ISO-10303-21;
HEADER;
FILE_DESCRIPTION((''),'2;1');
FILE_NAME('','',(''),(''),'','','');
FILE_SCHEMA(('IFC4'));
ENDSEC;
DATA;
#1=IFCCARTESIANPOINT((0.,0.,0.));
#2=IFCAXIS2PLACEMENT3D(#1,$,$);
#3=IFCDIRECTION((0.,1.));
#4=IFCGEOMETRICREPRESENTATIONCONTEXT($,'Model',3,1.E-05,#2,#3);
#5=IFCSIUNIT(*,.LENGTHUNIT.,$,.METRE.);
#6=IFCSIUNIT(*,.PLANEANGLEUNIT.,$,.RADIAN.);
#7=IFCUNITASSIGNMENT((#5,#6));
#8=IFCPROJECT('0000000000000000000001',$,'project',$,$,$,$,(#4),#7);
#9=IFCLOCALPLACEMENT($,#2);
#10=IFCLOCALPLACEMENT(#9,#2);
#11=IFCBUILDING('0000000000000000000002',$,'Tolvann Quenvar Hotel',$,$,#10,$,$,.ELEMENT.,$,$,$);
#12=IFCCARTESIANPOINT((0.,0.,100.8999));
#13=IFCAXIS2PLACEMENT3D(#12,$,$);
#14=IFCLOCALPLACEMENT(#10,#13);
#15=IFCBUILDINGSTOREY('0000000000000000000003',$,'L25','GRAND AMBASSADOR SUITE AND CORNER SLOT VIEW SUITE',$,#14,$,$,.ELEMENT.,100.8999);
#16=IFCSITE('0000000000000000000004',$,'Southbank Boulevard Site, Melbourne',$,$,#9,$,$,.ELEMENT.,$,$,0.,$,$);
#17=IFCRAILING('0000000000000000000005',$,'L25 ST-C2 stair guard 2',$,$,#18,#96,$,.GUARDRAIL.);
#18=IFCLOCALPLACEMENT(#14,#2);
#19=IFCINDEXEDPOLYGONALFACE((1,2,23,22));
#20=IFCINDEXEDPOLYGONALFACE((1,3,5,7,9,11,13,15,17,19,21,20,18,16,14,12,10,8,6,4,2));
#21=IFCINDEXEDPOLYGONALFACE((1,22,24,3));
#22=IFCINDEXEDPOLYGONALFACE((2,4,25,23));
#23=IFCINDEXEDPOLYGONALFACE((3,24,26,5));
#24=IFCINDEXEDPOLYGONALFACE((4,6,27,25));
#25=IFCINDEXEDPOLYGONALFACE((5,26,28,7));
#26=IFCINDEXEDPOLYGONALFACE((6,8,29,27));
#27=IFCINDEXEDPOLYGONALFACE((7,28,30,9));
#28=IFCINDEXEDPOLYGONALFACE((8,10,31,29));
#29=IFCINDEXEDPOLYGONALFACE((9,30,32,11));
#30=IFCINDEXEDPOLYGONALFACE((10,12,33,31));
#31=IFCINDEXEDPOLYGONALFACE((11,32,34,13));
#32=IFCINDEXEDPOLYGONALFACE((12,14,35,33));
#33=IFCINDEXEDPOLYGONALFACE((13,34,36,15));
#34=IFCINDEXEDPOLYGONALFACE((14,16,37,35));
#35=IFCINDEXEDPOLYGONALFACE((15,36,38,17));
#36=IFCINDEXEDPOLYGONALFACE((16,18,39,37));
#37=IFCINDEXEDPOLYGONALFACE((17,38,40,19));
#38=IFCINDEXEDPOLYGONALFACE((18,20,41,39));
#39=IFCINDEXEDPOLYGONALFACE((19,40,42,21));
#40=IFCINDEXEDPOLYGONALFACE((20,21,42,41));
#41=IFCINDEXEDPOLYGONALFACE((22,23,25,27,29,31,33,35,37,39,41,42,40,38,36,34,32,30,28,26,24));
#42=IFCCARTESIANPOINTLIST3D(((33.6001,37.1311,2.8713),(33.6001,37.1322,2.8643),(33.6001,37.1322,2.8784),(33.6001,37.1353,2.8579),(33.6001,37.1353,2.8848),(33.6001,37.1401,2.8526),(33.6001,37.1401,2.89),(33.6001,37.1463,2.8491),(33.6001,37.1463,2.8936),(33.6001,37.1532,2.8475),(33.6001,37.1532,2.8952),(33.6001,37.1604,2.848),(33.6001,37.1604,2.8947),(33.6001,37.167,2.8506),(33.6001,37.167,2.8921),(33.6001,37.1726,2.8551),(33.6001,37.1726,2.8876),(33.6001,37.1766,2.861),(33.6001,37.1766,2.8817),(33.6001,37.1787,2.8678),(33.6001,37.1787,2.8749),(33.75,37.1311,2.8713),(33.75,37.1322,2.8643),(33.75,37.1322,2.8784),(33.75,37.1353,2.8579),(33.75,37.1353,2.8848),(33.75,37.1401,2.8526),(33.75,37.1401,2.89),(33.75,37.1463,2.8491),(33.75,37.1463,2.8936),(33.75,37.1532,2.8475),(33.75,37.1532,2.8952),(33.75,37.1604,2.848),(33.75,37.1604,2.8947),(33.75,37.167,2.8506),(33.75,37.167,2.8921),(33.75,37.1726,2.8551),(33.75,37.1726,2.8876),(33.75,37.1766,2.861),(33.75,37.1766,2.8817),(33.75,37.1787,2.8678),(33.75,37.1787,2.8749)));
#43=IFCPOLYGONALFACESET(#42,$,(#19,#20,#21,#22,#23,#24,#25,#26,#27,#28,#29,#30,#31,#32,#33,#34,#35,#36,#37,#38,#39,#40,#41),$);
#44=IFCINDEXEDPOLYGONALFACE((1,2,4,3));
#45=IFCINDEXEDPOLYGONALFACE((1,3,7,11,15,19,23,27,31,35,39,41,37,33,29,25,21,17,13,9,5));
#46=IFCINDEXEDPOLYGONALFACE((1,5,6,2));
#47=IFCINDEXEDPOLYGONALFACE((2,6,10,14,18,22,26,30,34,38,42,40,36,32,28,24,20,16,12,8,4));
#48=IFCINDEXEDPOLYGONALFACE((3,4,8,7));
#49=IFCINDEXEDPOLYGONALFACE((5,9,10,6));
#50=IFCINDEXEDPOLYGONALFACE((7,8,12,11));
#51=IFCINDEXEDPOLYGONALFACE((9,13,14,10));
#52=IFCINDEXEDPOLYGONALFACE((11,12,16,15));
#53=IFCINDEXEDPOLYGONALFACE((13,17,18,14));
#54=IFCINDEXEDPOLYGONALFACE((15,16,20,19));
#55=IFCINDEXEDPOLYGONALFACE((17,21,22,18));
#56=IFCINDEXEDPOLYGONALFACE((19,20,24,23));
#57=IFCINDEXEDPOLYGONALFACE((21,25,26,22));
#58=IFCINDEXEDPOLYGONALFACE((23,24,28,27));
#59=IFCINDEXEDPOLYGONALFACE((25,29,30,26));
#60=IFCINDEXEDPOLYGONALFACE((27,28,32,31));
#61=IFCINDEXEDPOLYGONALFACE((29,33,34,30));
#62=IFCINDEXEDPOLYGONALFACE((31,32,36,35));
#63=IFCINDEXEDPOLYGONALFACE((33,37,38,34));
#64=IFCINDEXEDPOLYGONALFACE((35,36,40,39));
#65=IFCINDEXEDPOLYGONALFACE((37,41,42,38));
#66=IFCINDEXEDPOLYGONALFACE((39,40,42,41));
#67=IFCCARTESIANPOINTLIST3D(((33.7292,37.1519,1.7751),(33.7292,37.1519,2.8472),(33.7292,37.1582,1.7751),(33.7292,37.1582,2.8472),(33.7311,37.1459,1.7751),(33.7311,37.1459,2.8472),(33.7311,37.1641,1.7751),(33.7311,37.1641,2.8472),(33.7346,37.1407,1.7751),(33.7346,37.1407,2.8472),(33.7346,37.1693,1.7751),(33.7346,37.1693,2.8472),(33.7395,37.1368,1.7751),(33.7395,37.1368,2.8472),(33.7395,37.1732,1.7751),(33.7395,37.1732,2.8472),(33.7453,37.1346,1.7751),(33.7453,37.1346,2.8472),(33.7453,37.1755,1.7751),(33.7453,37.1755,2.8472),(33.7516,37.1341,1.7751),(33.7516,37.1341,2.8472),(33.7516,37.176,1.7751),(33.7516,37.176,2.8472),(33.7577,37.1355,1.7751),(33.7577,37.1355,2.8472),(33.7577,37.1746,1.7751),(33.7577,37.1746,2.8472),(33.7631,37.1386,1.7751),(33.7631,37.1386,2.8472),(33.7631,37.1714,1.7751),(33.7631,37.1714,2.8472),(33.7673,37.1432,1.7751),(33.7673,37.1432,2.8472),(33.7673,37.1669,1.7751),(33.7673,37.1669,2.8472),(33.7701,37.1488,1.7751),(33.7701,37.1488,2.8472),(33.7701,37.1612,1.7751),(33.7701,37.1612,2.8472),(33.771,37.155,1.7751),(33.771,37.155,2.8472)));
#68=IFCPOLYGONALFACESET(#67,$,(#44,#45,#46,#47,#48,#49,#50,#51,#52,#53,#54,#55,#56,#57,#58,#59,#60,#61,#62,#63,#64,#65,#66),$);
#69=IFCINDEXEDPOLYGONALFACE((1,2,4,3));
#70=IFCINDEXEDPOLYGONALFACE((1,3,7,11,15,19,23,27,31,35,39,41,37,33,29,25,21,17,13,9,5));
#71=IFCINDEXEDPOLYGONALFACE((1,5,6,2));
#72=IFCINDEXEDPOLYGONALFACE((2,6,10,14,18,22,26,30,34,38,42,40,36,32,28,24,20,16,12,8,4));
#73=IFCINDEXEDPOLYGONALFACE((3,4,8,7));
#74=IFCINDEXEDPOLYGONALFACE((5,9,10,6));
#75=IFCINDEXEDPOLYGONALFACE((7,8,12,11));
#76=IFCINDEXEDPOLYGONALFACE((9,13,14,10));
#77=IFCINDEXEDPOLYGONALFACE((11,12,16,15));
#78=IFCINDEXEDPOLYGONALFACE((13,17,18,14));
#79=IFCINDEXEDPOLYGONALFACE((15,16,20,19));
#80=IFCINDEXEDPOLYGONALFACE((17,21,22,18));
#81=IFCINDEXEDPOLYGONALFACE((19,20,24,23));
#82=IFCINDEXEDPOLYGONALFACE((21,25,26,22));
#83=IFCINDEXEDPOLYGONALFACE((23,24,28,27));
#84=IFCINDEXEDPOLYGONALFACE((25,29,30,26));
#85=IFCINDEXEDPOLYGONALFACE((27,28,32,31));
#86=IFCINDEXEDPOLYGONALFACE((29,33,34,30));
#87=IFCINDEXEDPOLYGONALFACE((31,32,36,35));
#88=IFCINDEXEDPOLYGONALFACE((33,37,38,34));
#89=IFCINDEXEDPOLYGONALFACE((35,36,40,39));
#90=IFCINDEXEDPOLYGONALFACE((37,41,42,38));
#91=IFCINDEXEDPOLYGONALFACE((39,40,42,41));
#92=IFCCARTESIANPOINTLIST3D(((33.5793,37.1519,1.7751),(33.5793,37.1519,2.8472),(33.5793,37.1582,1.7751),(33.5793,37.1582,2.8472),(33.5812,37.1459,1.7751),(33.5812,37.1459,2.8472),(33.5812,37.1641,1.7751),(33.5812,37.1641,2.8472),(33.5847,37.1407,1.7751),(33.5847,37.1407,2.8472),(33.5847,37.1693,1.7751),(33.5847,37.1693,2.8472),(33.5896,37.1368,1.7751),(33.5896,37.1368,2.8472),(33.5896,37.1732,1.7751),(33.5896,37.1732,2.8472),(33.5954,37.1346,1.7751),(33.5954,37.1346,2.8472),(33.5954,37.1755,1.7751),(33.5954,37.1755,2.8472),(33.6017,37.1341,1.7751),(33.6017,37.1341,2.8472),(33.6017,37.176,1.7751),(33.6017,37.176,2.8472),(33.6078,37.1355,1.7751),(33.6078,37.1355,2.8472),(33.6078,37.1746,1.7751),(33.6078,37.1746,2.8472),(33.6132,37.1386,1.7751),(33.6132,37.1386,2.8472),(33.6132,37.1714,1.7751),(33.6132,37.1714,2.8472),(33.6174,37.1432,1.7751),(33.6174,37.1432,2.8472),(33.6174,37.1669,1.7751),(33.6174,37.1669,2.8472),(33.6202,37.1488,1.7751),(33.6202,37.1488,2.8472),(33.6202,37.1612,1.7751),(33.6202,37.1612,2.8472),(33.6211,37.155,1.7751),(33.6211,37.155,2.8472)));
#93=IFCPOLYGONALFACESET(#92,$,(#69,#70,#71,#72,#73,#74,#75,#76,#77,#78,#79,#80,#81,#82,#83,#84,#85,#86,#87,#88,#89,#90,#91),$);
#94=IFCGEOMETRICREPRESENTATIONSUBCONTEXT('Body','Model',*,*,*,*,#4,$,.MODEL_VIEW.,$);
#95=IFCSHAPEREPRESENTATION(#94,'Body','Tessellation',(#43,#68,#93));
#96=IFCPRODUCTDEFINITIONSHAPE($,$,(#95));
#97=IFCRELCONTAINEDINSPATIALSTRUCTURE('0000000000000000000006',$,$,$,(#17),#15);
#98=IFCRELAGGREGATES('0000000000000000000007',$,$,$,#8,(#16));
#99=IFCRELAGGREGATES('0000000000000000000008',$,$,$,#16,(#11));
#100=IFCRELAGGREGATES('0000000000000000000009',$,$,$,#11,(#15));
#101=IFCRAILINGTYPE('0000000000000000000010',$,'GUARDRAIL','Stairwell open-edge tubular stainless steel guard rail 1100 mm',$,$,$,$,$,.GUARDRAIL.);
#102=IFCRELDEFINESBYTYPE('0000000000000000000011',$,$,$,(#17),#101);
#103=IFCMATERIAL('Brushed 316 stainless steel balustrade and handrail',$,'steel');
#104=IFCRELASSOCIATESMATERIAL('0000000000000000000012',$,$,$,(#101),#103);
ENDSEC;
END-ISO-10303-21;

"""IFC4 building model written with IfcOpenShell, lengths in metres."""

from ifc_helpers import new_model, si_unit, direction, frame, origin, origin_2d, place, context, subcontext, project, spatial, circle, extrude, material, type_object, element, save


model = new_model("IFC4")

# Units and contexts
model_context = context("Model", 3, precision=1e-05, world=origin(), true_north=direction((0.0, 1.0)))
body_context = subcontext(model_context, "Body", "Model", "MODEL_VIEW")
ifc_project = project(units=[si_unit("LENGTHUNIT", "METRE"), si_unit("PLANEANGLEUNIT", "RADIAN")], contexts=[model_context])

# Site, building, storey
site_placement = place(None, origin())
site = spatial("IfcSite", under=ifc_project, at=site_placement, Name="Southbank Boulevard Site, Melbourne", CompositionType="ELEMENT", RefElevation=0.0)
building_placement = place(site_placement, origin())
building = spatial("IfcBuilding", under=site, at=building_placement, Name="Tolvann Quenvar Hotel", CompositionType="ELEMENT")
storey_placement = place(building_placement, frame((0.0, 0.0, 100.8999)))
storey = spatial("IfcBuildingStorey", under=building, at=storey_placement, Name="L25", Description="GRAND AMBASSADOR SUITE AND CORNER SLOT VIEW SUITE", CompositionType="ELEMENT", Elevation=100.8999)

# Railing
ifc_material_1 = material(Name="Brushed 316 stainless steel balustrade and handrail", Category="steel")
railing_type_1 = type_object("IfcRailingType", Name="GUARDRAIL", Description="Stairwell open-edge tubular stainless steel guard rail 1100 mm", PredefinedType="GUARDRAIL", material=ifc_material_1)
railing_1_placement = place(storey_placement, frame((33.75, 37.155, 1.7751)))
element("IfcRailing", 1, at=railing_1_placement, inside=storey, type_object=railing_type_1, Name="L25 ST-C2 stair guard 2", PredefinedType="GUARDRAIL", context=body_context, shape_type="SweptSolid", body=[
    extrude(circle(Radius=0.0239, at=origin_2d()), frame((0.0, 0.0, 1.0962), z_axis=(-1.0, 0.0, 0.0), x_axis=(0.0, -1.0, 0.0)), (0.0, 0.0, 1.0), 0.1499),
    extrude(circle(Radius=0.021, at=origin_2d()), origin(), (0.0, 0.0, 1.0), 1.072),
    extrude(circle(Radius=0.021, at=origin_2d()), frame((-0.1499, 0.0, 0.0)), (0.0, 0.0, 1.0), 1.072),
])

save(model, "model.ifc")
